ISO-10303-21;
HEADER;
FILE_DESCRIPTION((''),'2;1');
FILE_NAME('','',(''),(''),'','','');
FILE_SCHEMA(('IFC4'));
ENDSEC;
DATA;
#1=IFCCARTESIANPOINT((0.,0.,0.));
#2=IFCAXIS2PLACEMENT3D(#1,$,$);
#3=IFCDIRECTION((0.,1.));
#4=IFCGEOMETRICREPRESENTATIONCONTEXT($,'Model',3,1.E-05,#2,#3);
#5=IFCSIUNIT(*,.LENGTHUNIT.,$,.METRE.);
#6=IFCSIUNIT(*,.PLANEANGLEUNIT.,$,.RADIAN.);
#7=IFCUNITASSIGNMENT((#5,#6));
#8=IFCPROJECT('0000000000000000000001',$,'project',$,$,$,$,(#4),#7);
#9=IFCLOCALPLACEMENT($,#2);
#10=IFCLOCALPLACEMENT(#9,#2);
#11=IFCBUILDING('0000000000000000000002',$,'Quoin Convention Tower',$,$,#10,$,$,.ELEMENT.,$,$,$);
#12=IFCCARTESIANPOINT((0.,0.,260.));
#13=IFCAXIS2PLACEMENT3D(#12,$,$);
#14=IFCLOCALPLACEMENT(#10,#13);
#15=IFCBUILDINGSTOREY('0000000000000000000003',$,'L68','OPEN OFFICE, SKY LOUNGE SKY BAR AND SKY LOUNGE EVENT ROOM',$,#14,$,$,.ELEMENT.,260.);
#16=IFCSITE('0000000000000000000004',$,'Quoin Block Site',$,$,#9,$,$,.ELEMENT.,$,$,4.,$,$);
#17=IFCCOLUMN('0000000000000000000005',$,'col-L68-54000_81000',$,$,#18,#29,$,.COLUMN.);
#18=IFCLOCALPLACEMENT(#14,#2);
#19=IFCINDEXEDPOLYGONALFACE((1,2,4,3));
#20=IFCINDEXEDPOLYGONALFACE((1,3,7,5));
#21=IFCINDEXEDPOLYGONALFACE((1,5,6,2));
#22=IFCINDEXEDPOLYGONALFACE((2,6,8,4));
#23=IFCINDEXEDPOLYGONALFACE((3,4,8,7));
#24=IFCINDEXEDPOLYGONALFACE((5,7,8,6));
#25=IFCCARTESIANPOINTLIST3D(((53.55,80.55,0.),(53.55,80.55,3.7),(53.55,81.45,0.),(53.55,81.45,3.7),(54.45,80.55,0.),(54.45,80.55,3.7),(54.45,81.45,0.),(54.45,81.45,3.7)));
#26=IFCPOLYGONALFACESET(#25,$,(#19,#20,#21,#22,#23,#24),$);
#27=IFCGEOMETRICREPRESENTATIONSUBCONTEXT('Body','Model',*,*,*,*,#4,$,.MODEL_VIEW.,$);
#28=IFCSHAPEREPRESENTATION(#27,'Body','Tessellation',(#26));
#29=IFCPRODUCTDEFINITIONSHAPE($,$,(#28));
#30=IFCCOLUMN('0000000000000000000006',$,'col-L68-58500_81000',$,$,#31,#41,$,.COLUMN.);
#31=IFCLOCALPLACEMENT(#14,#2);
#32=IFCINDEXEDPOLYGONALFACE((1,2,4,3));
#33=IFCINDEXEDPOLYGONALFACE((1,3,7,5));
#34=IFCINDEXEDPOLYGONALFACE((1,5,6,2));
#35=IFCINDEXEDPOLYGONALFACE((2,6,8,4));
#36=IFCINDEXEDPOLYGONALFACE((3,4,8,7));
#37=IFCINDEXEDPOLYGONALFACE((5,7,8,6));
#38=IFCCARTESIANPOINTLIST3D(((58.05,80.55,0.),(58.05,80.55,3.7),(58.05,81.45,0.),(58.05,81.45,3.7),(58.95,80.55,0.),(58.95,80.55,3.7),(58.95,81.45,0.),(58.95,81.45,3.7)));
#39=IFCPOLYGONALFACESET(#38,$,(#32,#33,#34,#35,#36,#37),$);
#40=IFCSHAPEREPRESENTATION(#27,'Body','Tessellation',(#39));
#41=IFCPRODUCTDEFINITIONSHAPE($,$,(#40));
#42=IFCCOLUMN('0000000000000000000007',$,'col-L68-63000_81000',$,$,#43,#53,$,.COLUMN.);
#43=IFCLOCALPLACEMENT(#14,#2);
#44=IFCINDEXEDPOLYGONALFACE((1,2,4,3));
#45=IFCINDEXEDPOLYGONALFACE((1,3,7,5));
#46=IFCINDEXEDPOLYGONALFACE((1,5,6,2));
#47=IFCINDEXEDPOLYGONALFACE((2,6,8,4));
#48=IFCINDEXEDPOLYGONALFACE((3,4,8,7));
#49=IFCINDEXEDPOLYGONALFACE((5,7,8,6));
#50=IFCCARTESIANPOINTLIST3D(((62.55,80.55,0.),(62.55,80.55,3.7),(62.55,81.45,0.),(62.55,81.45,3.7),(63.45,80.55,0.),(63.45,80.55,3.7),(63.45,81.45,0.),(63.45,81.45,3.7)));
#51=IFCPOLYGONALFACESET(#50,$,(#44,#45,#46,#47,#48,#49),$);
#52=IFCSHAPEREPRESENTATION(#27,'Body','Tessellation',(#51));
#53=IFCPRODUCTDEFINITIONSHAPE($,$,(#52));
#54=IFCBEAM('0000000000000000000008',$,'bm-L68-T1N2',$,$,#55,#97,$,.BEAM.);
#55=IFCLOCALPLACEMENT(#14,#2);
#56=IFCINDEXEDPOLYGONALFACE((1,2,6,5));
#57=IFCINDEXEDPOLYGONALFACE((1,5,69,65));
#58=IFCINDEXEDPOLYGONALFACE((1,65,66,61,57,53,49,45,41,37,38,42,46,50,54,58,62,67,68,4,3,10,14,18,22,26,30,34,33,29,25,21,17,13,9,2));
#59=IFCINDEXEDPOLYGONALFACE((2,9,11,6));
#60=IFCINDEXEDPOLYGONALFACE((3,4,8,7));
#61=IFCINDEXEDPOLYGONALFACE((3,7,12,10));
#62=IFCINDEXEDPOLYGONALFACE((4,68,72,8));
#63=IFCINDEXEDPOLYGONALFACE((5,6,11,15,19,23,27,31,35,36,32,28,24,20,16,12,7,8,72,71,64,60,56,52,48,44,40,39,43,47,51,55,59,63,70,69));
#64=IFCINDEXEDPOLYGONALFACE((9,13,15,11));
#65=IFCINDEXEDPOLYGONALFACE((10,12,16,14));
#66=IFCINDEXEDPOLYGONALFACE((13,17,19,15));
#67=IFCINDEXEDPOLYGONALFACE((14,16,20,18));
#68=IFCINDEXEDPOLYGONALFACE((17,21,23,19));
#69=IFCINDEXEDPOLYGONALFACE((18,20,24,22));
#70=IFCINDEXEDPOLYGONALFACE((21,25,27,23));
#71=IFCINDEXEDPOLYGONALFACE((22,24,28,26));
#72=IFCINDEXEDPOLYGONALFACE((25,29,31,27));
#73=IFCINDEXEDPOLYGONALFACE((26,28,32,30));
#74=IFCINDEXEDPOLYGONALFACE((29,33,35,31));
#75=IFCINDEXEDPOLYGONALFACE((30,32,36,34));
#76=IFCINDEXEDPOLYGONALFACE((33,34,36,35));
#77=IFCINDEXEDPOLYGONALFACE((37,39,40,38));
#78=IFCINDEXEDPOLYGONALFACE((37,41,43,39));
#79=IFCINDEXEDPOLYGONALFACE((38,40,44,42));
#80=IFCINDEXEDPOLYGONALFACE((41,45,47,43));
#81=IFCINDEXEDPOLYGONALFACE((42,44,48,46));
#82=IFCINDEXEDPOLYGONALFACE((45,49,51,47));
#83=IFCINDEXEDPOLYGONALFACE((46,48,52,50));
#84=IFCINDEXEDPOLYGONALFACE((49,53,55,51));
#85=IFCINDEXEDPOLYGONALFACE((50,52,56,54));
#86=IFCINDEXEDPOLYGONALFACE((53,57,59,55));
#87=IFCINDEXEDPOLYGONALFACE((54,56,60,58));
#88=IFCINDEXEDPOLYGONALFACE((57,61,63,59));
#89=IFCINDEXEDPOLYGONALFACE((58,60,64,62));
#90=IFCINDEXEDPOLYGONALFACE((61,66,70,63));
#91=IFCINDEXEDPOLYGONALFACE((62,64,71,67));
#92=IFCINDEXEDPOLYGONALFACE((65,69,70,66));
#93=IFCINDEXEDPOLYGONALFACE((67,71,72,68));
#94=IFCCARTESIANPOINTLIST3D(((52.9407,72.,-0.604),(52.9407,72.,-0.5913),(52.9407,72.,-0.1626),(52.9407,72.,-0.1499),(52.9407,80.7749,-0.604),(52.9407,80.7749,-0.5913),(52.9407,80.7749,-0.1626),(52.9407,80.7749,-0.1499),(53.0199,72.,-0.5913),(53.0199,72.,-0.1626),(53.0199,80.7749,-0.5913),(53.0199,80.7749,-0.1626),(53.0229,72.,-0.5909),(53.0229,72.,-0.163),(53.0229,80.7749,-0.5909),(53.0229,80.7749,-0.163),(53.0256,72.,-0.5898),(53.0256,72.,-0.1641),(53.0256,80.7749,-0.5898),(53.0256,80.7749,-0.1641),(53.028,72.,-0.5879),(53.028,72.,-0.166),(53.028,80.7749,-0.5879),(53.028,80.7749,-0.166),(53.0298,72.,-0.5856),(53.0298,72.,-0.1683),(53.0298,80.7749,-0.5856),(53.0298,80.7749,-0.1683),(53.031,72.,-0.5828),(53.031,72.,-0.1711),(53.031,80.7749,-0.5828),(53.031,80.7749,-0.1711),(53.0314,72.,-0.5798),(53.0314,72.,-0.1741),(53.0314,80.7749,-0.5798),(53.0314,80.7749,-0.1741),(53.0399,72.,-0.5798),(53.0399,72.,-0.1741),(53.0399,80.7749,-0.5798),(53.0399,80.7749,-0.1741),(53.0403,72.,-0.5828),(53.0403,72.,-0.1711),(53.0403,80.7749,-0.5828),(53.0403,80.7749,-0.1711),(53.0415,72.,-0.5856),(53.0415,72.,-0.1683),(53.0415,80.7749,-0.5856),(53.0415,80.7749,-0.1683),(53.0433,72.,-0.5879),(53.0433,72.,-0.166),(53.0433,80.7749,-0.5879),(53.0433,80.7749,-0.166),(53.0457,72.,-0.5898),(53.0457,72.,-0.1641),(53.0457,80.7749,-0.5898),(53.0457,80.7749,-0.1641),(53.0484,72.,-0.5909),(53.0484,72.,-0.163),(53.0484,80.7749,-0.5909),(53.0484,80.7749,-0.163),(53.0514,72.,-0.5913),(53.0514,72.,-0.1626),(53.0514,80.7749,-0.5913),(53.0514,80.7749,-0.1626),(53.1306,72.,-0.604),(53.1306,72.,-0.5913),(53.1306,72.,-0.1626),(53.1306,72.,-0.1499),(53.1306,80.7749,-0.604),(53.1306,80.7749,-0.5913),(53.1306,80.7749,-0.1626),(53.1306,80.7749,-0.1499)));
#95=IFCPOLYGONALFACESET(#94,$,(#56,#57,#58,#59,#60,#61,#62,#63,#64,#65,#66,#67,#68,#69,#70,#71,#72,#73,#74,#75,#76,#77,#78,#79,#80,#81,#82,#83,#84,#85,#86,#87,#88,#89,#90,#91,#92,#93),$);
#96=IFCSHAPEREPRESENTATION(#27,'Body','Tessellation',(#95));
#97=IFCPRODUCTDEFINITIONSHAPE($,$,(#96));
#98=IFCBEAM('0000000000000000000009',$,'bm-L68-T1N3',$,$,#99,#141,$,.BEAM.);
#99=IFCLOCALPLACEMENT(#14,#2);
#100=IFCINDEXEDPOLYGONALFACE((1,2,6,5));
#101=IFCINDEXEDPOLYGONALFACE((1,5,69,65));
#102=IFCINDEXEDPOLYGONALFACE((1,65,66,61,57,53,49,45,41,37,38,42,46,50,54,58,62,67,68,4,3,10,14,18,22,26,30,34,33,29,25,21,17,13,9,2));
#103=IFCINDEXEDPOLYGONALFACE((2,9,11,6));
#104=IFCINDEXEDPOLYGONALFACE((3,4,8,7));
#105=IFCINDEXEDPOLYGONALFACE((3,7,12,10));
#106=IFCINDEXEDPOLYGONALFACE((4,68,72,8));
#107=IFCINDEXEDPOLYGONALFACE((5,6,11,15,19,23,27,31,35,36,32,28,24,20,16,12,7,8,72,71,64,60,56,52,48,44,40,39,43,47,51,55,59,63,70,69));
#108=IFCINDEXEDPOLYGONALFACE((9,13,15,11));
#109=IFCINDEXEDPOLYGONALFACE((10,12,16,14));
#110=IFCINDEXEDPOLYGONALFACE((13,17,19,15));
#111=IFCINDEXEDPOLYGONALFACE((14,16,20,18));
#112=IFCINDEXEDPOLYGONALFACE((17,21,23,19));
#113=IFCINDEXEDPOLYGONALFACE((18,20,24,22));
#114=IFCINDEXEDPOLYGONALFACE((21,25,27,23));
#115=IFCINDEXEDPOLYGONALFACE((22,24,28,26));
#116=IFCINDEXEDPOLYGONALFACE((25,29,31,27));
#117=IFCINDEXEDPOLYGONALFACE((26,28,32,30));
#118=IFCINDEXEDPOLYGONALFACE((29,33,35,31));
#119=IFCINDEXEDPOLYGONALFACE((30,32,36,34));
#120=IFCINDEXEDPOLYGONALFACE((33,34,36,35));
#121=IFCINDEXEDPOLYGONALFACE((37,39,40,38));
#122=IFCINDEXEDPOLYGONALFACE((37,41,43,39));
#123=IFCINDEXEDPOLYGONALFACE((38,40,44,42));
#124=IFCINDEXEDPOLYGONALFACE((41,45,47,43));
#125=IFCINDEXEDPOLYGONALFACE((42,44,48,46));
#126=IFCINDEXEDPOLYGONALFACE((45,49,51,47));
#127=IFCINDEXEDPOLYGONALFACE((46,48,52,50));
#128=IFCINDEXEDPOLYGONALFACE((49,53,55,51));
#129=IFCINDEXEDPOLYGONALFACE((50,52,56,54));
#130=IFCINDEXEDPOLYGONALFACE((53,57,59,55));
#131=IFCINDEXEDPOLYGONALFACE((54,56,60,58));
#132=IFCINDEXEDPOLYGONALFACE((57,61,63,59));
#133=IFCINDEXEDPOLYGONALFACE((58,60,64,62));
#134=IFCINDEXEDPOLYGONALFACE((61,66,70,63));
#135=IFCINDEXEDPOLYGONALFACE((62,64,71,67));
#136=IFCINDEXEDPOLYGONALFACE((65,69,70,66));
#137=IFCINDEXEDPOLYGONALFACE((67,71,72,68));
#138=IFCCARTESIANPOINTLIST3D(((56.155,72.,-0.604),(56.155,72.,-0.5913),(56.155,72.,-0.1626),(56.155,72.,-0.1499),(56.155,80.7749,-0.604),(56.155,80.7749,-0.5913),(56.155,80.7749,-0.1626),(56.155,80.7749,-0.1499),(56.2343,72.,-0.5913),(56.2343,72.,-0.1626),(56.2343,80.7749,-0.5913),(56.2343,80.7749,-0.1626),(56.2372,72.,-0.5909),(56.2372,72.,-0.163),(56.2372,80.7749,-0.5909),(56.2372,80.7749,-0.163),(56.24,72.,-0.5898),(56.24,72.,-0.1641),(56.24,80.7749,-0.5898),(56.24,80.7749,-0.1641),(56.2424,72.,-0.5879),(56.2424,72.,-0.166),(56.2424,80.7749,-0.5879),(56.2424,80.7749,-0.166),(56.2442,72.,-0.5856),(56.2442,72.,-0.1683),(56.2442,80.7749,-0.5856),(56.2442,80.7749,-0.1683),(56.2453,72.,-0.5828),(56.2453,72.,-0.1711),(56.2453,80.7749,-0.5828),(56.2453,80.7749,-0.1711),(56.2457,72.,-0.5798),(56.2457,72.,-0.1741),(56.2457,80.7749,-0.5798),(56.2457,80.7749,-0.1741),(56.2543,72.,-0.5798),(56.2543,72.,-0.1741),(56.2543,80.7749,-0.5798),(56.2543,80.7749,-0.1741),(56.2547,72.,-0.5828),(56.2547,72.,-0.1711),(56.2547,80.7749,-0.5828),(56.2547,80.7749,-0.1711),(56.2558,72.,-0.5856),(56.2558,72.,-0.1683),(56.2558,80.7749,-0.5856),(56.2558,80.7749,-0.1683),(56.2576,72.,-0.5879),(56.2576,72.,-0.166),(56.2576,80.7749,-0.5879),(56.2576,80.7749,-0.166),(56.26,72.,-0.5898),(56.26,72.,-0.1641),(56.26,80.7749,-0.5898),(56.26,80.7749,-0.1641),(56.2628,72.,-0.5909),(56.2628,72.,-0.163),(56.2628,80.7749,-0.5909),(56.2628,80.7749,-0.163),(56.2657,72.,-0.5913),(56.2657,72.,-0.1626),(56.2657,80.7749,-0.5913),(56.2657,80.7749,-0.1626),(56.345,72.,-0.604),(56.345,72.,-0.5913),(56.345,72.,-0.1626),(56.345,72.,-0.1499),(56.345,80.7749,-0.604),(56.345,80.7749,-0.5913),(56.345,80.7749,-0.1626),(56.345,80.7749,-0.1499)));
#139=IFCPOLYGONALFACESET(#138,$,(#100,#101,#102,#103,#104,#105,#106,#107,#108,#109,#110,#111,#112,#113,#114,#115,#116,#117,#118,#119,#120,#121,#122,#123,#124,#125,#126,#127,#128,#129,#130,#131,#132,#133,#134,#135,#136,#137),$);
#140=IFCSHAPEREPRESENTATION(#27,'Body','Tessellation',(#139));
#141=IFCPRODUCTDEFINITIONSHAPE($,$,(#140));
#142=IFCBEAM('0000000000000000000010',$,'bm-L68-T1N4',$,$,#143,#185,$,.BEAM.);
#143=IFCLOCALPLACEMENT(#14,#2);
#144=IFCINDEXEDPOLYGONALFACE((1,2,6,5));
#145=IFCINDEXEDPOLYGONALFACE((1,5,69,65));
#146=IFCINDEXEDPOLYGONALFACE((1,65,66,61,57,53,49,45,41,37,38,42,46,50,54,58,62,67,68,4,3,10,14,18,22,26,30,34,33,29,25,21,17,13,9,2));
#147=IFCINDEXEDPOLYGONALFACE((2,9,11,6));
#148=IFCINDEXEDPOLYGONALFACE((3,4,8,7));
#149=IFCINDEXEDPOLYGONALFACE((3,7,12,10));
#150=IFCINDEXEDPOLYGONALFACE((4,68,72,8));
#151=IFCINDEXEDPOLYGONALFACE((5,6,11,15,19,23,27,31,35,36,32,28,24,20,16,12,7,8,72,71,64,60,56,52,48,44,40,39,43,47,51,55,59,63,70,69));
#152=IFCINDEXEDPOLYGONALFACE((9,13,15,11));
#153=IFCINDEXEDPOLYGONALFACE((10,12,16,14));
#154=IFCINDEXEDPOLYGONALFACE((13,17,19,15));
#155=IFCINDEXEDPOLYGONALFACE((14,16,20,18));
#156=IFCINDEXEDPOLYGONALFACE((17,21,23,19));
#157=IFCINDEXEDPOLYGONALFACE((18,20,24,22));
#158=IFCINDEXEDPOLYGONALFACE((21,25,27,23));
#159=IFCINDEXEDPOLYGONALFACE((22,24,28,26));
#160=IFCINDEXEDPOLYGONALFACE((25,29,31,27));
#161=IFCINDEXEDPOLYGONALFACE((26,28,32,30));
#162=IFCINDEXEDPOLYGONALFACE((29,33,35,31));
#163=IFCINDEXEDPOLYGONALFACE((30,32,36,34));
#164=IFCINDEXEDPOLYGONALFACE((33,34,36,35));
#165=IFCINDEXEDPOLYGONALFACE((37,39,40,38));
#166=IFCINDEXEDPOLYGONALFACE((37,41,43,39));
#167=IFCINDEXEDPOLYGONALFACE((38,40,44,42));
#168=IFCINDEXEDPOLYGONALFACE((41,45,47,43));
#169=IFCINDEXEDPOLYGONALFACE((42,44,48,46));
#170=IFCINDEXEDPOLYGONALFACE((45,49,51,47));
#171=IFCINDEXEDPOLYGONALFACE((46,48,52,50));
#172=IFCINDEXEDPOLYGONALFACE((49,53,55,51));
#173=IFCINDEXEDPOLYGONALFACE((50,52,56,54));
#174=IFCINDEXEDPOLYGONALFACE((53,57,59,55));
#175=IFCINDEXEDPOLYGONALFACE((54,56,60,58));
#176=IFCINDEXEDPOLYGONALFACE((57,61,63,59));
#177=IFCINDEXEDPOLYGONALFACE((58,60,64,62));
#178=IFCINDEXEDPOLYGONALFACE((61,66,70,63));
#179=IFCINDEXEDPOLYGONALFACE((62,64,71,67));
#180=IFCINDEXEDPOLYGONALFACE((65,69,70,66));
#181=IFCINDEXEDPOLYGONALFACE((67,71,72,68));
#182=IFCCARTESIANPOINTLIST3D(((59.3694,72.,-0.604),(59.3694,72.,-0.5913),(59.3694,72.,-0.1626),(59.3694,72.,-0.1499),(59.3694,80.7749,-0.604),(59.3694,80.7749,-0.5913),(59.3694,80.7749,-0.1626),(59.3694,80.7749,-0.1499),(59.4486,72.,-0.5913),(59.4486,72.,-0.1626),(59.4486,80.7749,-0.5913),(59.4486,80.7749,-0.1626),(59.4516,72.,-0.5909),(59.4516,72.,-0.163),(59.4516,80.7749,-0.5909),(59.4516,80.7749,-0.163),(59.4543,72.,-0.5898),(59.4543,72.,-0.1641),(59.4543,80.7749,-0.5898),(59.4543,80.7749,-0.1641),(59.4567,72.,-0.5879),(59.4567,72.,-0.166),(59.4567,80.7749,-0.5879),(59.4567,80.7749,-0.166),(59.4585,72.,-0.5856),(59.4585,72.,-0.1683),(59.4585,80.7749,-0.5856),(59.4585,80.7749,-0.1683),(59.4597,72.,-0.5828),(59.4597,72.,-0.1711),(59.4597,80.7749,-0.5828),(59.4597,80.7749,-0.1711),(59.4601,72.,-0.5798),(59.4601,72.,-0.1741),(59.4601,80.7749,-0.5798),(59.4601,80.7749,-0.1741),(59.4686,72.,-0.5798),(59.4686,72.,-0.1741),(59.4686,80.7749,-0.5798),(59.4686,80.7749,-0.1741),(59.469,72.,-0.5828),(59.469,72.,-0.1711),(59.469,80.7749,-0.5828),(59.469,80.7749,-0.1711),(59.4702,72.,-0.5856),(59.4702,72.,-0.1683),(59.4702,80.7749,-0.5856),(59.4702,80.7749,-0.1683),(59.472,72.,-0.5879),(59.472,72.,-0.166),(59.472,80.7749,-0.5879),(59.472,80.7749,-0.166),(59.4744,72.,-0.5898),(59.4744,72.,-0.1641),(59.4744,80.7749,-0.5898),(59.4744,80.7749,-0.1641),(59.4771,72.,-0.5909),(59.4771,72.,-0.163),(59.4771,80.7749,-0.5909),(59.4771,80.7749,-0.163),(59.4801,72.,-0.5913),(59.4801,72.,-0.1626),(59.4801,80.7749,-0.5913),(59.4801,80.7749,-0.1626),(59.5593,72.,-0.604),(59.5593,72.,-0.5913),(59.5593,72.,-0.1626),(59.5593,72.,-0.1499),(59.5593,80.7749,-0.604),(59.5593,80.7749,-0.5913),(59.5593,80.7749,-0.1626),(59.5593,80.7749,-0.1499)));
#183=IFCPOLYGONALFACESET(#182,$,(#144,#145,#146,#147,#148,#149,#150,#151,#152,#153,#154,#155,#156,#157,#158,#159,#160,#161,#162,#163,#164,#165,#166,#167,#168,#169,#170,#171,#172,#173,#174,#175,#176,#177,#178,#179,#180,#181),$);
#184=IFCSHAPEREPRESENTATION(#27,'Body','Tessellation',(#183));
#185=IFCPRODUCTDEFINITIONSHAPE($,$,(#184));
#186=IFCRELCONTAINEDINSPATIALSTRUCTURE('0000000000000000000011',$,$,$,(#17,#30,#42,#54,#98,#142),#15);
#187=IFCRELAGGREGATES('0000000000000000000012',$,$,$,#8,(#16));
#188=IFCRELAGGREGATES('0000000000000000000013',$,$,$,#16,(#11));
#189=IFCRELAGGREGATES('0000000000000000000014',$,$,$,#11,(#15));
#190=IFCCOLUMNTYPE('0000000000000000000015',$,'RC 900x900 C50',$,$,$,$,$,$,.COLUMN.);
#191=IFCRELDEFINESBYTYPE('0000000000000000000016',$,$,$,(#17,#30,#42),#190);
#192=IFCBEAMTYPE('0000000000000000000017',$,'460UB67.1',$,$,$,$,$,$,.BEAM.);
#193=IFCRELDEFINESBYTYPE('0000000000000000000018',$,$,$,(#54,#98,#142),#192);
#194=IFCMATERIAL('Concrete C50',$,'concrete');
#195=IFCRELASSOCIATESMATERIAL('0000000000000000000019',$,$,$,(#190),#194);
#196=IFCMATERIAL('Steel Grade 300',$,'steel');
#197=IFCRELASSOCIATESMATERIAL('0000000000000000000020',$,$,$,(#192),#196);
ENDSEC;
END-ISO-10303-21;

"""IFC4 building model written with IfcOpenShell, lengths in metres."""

from ifc_helpers import new_model, si_unit, direction, frame, origin, origin_2d, place, context, subcontext, project, spatial, rectangle, i_section, extrude, material, material_profile, profile_set, type_object, element, save


model = new_model("IFC4")

# Units and contexts
model_context = context("Model", 3, precision=1e-05, world=origin(), true_north=direction((0.0, 1.0)))
body_context = subcontext(model_context, "Body", "Model", "MODEL_VIEW")
ifc_project = project(units=[si_unit("LENGTHUNIT", "METRE"), si_unit("PLANEANGLEUNIT", "RADIAN")], contexts=[model_context])

# Site, building, storey
site_placement = place(None, origin())
site = spatial("IfcSite", under=ifc_project, at=site_placement, Name="Quoin Block Site", CompositionType="ELEMENT", RefElevation=4.0)
building_placement = place(site_placement, origin())
building = spatial("IfcBuilding", under=site, at=building_placement, Name="Quoin Convention Tower", CompositionType="ELEMENT")
storey_placement = place(building_placement, frame((0.0, 0.0, 260.0)))
storey = spatial("IfcBuildingStorey", under=building, at=storey_placement, Name="L68", Description="OPEN OFFICE, SKY LOUNGE SKY BAR AND SKY LOUNGE EVENT ROOM", CompositionType="ELEMENT", Elevation=260.0)

# Columns
ifc_material_1 = material(Name="Concrete C50", Category="concrete")
ifc_material_profile_1 = material_profile(ifc_material_1, rectangle(XDim=0.8999, YDim=0.8999, at=origin_2d()), Name="RC 900x900")
ifc_profile_set_1 = profile_set([ifc_material_profile_1], Name="Concrete C50")
column_type = type_object("IfcColumnType", Name="RC 900x900 C50", PredefinedType="COLUMN", material=ifc_profile_set_1)
for number, where, z_axis, x_axis, name in (
    (1, (54.0, 81.0, 0.0), (0.0, 0.0, 1.0), (1.0, 0.0, 0.0), "col-L68-54000_81000"),
    (2, (58.5, 81.0, 0.0), (0.0, 0.0, 1.0), (1.0, 0.0, 0.0), "col-L68-58500_81000"),
    (3, (63.0, 81.0, 0.0), (0.0, 0.0, 1.0), (1.0, 0.0, 0.0), "col-L68-63000_81000"),
):
    element("IfcColumn", number, at=place(storey_placement, frame(where, z_axis=z_axis, x_axis=x_axis)), inside=storey, type_object=column_type, Name=name, PredefinedType="COLUMN", context=body_context, shape_type="SweptSolid", body=[
        extrude(rectangle(XDim=0.8999, YDim=0.8999, at=origin_2d()), origin(), (0.0, 0.0, 1.0), 3.7),
    ])

# Beams
ifc_material_2 = material(Name="Steel Grade 300", Category="steel")
ifc_material_profile_2 = material_profile(ifc_material_2, i_section(OverallWidth=0.1899, OverallDepth=0.4541, WebThickness=0.0085, FlangeThickness=0.0127, FilletRadius=0.0115, at=origin_2d()), Name="460UB67.1")
ifc_profile_set_2 = profile_set([ifc_material_profile_2], Name="Steel Grade 300")
beam_type_1 = type_object("IfcBeamType", Name="460UB67.1", PredefinedType="BEAM", material=ifc_profile_set_2)
for number, where, z_axis, x_axis, name in (
    (4, (53.0356, 72.0, -0.377), (0.0, 1.0, 0.0), (-1.0, 0.0, 0.0), "bm-L68-T1N2"),
    (5, (56.25, 72.0, -0.377), (0.0, 1.0, 0.0), (-1.0, 0.0, 0.0), "bm-L68-T1N3"),
    (6, (59.4644, 72.0, -0.377), (0.0, 1.0, 0.0), (-1.0, 0.0, 0.0), "bm-L68-T1N4"),
):
    element("IfcBeam", number, at=place(storey_placement, frame(where, z_axis=z_axis, x_axis=x_axis)), inside=storey, type_object=beam_type_1, Name=name, PredefinedType="BEAM", context=body_context, shape_type="SweptSolid", body=[
        extrude(i_section(OverallWidth=0.1899, OverallDepth=0.4541, WebThickness=0.0085, FlangeThickness=0.0127, FilletRadius=0.0115, at=origin_2d()), origin(), (0.0, 0.0, 1.0), 8.7749),
    ])

save(model, "model.ifc")
